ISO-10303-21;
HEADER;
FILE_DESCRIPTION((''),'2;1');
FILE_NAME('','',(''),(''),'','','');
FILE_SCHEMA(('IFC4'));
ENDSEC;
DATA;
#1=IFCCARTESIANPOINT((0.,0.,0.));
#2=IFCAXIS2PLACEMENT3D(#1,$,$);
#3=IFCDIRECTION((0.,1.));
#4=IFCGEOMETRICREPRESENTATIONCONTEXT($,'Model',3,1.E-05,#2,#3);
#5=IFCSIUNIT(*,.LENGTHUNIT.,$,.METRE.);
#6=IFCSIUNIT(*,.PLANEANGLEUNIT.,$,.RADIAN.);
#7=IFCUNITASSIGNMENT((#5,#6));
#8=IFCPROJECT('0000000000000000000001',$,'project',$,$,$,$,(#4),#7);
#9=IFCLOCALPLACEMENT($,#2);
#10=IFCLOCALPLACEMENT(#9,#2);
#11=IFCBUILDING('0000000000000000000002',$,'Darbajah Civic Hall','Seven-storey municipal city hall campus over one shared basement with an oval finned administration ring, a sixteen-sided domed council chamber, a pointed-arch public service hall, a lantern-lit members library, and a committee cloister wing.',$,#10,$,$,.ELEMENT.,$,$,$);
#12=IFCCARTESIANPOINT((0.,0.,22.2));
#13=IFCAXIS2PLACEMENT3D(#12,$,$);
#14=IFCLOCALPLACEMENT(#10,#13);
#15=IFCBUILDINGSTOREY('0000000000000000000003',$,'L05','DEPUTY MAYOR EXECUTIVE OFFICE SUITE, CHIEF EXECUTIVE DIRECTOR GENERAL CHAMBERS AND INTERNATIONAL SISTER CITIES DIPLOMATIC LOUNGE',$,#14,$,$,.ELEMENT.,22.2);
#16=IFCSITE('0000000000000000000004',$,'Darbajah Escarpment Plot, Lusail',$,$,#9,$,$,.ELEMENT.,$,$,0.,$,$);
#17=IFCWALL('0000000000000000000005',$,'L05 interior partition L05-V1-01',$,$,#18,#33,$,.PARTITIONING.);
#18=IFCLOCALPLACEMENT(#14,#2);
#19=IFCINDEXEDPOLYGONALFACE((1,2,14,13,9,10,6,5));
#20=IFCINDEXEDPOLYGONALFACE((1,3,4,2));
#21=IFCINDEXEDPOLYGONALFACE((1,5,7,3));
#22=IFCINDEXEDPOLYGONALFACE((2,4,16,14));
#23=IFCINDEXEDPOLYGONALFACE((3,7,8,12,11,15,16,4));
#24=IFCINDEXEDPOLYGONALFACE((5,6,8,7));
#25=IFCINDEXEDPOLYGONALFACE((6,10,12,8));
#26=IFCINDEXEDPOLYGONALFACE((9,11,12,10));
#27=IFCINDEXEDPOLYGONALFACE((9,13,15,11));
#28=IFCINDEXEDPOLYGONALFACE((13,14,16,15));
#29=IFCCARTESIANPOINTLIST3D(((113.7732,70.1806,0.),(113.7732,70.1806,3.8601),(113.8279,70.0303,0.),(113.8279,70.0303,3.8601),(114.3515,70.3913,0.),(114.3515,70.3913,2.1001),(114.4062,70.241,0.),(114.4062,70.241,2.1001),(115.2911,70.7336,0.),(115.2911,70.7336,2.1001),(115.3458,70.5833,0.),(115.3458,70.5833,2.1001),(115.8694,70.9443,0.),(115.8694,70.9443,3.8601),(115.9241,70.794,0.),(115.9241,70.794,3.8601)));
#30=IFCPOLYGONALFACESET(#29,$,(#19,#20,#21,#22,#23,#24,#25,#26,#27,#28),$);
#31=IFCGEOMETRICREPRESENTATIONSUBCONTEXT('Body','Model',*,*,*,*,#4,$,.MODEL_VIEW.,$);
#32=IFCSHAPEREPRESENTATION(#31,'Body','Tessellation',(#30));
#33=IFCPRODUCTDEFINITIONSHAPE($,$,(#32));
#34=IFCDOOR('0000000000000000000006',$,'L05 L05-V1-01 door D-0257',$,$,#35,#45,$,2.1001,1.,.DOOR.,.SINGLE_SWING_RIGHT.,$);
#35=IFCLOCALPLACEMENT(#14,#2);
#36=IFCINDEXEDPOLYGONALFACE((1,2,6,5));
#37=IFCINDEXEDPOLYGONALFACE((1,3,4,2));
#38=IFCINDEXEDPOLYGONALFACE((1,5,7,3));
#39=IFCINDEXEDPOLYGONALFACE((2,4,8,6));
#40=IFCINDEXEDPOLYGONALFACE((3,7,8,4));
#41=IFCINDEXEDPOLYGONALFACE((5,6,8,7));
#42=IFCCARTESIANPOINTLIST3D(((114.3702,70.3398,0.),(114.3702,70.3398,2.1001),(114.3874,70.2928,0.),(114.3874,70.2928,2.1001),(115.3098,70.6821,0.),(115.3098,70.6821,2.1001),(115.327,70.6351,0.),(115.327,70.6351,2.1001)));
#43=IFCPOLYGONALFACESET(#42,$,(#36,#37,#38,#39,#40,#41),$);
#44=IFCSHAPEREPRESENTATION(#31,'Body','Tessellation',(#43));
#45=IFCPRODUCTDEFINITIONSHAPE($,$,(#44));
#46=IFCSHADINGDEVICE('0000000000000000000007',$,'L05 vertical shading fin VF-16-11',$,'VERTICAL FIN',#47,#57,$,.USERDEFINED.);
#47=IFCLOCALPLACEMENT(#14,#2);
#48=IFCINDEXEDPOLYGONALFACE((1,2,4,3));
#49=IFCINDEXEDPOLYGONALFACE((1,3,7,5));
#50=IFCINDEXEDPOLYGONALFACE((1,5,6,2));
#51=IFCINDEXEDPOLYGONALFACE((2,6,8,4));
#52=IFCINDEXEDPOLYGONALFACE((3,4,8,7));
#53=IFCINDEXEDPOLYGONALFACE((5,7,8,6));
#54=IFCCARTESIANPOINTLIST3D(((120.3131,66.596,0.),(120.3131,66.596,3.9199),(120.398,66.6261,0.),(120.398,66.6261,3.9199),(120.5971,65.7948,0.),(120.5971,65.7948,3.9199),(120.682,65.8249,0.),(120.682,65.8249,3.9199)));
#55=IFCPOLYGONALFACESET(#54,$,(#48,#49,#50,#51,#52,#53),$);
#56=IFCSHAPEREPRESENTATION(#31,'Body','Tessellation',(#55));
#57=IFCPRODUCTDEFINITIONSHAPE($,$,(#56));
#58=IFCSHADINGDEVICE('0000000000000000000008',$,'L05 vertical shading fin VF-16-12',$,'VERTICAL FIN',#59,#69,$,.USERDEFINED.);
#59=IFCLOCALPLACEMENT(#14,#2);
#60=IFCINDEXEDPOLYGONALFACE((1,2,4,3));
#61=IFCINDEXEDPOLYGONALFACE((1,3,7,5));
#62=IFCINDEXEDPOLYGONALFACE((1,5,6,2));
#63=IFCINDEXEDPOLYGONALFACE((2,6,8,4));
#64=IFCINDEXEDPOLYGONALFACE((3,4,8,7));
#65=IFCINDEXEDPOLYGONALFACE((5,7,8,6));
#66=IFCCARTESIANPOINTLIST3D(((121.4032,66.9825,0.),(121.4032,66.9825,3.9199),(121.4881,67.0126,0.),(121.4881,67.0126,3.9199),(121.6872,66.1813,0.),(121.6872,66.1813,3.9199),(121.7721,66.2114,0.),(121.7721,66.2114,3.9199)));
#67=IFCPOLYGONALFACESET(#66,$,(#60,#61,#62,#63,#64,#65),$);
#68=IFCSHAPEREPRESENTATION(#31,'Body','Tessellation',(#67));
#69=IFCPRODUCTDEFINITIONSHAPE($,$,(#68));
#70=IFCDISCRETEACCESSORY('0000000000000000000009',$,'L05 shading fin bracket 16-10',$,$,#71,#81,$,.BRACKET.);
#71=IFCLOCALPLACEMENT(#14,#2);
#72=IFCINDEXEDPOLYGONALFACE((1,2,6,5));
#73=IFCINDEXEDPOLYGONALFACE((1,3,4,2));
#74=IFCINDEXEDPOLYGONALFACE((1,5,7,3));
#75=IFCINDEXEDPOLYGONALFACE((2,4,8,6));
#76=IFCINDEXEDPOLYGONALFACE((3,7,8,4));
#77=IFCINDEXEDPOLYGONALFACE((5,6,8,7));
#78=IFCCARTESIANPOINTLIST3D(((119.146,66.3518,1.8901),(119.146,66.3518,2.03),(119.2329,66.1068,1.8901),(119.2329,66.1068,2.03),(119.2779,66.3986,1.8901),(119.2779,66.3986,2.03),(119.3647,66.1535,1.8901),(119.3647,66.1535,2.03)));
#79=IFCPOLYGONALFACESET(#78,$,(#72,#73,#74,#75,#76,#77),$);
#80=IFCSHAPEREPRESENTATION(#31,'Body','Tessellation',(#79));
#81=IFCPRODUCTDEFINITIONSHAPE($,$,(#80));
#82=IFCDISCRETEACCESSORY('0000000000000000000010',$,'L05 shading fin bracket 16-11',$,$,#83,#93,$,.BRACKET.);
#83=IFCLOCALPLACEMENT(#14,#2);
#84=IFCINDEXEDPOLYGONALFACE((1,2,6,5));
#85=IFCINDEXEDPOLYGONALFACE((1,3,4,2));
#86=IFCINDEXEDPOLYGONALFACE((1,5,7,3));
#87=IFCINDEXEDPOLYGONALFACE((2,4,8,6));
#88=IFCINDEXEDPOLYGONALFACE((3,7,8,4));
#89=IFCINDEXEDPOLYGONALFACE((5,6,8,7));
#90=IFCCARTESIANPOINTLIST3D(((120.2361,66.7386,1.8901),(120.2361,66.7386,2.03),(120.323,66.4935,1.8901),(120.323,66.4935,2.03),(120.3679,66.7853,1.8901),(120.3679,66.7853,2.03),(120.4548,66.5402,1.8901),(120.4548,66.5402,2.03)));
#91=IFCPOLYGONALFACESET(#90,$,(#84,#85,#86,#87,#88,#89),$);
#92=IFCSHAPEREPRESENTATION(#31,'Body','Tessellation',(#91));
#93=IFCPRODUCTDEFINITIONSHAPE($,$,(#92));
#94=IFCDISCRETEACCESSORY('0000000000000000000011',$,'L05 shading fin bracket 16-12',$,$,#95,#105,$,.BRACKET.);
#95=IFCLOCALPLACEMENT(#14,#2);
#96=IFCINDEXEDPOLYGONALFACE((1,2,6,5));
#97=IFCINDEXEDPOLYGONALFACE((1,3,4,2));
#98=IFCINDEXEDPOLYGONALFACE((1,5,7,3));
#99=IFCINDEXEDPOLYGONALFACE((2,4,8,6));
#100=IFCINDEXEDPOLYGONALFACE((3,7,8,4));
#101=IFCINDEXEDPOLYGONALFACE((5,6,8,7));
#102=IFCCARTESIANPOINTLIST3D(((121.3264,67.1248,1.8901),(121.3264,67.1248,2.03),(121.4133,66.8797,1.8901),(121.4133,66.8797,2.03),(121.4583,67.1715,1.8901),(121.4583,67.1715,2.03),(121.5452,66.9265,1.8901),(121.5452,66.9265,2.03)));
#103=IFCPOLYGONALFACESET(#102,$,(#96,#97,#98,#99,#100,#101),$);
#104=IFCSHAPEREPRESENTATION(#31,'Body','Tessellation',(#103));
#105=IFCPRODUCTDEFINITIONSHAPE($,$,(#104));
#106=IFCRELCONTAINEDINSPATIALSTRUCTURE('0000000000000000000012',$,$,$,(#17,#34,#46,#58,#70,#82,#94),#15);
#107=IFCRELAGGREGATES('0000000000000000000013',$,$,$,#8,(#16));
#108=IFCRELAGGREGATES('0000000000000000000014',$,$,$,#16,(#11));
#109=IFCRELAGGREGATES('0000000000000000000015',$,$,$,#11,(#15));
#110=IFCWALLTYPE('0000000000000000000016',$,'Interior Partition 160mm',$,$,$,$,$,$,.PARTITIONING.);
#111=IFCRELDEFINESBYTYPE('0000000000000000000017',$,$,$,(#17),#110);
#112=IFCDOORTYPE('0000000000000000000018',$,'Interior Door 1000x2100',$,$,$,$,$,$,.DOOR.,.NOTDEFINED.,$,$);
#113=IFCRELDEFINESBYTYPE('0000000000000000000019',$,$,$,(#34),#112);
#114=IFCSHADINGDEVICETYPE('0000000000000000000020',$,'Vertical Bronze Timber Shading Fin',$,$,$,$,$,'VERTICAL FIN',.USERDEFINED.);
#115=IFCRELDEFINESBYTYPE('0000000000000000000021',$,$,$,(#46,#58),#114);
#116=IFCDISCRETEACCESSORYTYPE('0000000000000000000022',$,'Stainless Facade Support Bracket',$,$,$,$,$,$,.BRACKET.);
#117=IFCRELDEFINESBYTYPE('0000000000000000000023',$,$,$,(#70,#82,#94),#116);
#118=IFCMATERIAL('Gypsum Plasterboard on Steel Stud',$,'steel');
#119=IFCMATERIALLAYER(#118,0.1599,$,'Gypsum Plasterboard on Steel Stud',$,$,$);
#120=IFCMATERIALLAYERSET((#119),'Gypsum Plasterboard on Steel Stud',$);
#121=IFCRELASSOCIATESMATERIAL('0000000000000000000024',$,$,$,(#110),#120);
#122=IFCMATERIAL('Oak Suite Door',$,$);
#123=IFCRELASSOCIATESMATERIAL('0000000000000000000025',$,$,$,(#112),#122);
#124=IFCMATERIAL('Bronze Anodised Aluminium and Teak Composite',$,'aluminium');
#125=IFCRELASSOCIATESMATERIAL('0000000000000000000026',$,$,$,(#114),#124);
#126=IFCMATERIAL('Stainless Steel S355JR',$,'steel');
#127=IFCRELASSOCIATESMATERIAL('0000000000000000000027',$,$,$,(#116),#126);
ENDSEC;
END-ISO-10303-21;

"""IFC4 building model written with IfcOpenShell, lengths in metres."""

from ifc_helpers import new_model, si_unit, direction, frame, frame_2d, origin, origin_2d, place, context, subcontext, project, spatial, rectangle, extrude, material, layer, layer_set, type_object, element, fill, save


model = new_model("IFC4")

# Units and contexts
model_context = context("Model", 3, precision=1e-05, world=origin(), true_north=direction((0.0, 1.0)))
body_context = subcontext(model_context, "Body", "Model", "MODEL_VIEW")
ifc_project = project(units=[si_unit("LENGTHUNIT", "METRE"), si_unit("PLANEANGLEUNIT", "RADIAN")], contexts=[model_context])

# Site, building, storey
site_placement = place(None, origin())
site = spatial("IfcSite", under=ifc_project, at=site_placement, Name="Darbajah Escarpment Plot, Lusail", CompositionType="ELEMENT", RefElevation=0.0)
building_placement = place(site_placement, origin())
building = spatial("IfcBuilding", under=site, at=building_placement, Name="Darbajah Civic Hall", Description="Seven-storey municipal city hall campus over one shared basement with an oval finned administration ring, a sixteen-sided domed council chamber, a pointed-arch public service hall, a lantern-lit members library, and a committee cloister wing.", CompositionType="ELEMENT")
storey_placement = place(building_placement, frame((0.0, 0.0, 22.2)))
storey = spatial("IfcBuildingStorey", under=building, at=storey_placement, Name="L05", Description="DEPUTY MAYOR EXECUTIVE OFFICE SUITE, CHIEF EXECUTIVE DIRECTOR GENERAL CHAMBERS AND INTERNATIONAL SISTER CITIES DIPLOMATIC LOUNGE", CompositionType="ELEMENT", Elevation=22.2)

# Wall, opening, door
ifc_material_1 = material(Name="Gypsum Plasterboard on Steel Stud", Category="steel")
ifc_layer_1 = layer(ifc_material_1, 0.1599, Name="Gypsum Plasterboard on Steel Stud")
ifc_layer_set_1 = layer_set([ifc_layer_1], Name="Gypsum Plasterboard on Steel Stud")
wall_type_1 = type_object("IfcWallType", Name="Interior Partition 160mm", PredefinedType="PARTITIONING", material=ifc_layer_set_1)
wall_1_placement = place(storey_placement, frame((115.8967, 70.8691, 0.0), z_axis=(0.0, 0.0, 1.0), x_axis=(-0.939589, -0.342305, 0.0)))
wall_1 = element("IfcWall", 1, at=wall_1_placement, inside=storey, type_object=wall_type_1, Name="L05 interior partition L05-V1-01", PredefinedType="PARTITIONING", context=body_context, shape_type="SweptSolid", body=[
    extrude(rectangle(XDim=2.231, YDim=0.1599, at=frame_2d((1.1155, 0.0))), origin(), (0.0, 0.0, 1.0), 3.8601),
])
opening_1_placement = place(wall_1_placement, frame((0.6155, 0.0, 0.0)))
opening_1 = element("IfcOpeningElement", 2, at=opening_1_placement, cuts=wall_1, PredefinedType="OPENING", context=body_context, shape_type="SweptSolid", body=[
    extrude(rectangle(XDim=1.0, YDim=2.1001, at=frame_2d((0.5, 1.05))), frame((0.0, 0.0898, 0.0), z_axis=(0.0, -1.0, 0.0), x_axis=(1.0, 0.0, 0.0)), (0.0, 0.0, 1.0), 0.1799),
])
ifc_material_2 = material(Name="Oak Suite Door")
door_type = type_object("IfcDoorType", Name="Interior Door 1000x2100", OperationType="NOTDEFINED", PredefinedType="DOOR", material=ifc_material_2)
door_placement = place(opening_1_placement, origin())
door = element("IfcDoor", 3, at=door_placement, inside=storey, type_object=door_type, Name="L05 L05-V1-01 door D-0257", OperationType="SINGLE_SWING_RIGHT", OverallHeight=2.1001, OverallWidth=1.0, PredefinedType="DOOR", context=body_context, shape_type="SweptSolid", body=[
    extrude(rectangle(XDim=1.0, YDim=2.1001, at=frame_2d((0.5, 1.05))), frame((0.0, 0.0249, 0.0), z_axis=(0.0, -1.0, 0.0), x_axis=(1.0, 0.0, 0.0)), (0.0, 0.0, 1.0), 0.05),
])
fill(opening_1, door)

# Shading devices
ifc_material_3 = material(Name="Bronze Anodised Aluminium and Teak Composite", Category="aluminium")
shading_device_type = type_object("IfcShadingDeviceType", Name="Vertical Bronze Timber Shading Fin", ElementType="VERTICAL FIN", PredefinedType="USERDEFINED", material=ifc_material_3)
for number, where, z_axis, x_axis, name in (
    (4, (120.4976, 66.2104, 0.0), (0.0, 0.0, 1.0), (0.334136, -0.942525, 0.0), "L05 vertical shading fin VF-16-11"),
    (5, (121.5876, 66.5969, 0.0), (0.0, 0.0, 1.0), (0.334136, -0.942525, 0.0), "L05 vertical shading fin VF-16-12"),
):
    element("IfcShadingDevice", number, at=place(storey_placement, frame(where, z_axis=z_axis, x_axis=x_axis)), inside=storey, type_object=shading_device_type, Name=name, ObjectType="VERTICAL FIN", PredefinedType="USERDEFINED", context=body_context, shape_type="SweptSolid", body=[
        extrude(rectangle(XDim=0.8501, YDim=0.0901, at=origin_2d()), origin(), (0.0, 0.0, 1.0), 3.9199),
    ])

# Discrete accessories
ifc_material_4 = material(Name="Stainless Steel S355JR", Category="steel")
discrete_accessory_type = type_object("IfcDiscreteAccessoryType", Name="Stainless Facade Support Bracket", PredefinedType="BRACKET", material=ifc_material_4)
for number, where, z_axis, x_axis, name in (
    (6, (119.2554, 66.2527, 1.8901), (0.0, 0.0, 1.0), (0.334136, -0.942525, 0.0), "L05 shading fin bracket 16-10"),
    (7, (120.3455, 66.6394, 1.8901), (0.0, 0.0, 1.0), (0.334136, -0.942525, 0.0), "L05 shading fin bracket 16-11"),
    (8, (121.4358, 67.0256, 1.8901), (0.0, 0.0, 1.0), (0.334136, -0.942525, 0.0), "L05 shading fin bracket 16-12"),
):
    element("IfcDiscreteAccessory", number, at=place(storey_placement, frame(where, z_axis=z_axis, x_axis=x_axis)), inside=storey, type_object=discrete_accessory_type, Name=name, PredefinedType="BRACKET", context=body_context, shape_type="SweptSolid", body=[
        extrude(rectangle(XDim=0.26, YDim=0.1399, at=origin_2d()), origin(), (0.0, 0.0, 1.0), 0.1399),
    ])

save(model, "model.ifc")
